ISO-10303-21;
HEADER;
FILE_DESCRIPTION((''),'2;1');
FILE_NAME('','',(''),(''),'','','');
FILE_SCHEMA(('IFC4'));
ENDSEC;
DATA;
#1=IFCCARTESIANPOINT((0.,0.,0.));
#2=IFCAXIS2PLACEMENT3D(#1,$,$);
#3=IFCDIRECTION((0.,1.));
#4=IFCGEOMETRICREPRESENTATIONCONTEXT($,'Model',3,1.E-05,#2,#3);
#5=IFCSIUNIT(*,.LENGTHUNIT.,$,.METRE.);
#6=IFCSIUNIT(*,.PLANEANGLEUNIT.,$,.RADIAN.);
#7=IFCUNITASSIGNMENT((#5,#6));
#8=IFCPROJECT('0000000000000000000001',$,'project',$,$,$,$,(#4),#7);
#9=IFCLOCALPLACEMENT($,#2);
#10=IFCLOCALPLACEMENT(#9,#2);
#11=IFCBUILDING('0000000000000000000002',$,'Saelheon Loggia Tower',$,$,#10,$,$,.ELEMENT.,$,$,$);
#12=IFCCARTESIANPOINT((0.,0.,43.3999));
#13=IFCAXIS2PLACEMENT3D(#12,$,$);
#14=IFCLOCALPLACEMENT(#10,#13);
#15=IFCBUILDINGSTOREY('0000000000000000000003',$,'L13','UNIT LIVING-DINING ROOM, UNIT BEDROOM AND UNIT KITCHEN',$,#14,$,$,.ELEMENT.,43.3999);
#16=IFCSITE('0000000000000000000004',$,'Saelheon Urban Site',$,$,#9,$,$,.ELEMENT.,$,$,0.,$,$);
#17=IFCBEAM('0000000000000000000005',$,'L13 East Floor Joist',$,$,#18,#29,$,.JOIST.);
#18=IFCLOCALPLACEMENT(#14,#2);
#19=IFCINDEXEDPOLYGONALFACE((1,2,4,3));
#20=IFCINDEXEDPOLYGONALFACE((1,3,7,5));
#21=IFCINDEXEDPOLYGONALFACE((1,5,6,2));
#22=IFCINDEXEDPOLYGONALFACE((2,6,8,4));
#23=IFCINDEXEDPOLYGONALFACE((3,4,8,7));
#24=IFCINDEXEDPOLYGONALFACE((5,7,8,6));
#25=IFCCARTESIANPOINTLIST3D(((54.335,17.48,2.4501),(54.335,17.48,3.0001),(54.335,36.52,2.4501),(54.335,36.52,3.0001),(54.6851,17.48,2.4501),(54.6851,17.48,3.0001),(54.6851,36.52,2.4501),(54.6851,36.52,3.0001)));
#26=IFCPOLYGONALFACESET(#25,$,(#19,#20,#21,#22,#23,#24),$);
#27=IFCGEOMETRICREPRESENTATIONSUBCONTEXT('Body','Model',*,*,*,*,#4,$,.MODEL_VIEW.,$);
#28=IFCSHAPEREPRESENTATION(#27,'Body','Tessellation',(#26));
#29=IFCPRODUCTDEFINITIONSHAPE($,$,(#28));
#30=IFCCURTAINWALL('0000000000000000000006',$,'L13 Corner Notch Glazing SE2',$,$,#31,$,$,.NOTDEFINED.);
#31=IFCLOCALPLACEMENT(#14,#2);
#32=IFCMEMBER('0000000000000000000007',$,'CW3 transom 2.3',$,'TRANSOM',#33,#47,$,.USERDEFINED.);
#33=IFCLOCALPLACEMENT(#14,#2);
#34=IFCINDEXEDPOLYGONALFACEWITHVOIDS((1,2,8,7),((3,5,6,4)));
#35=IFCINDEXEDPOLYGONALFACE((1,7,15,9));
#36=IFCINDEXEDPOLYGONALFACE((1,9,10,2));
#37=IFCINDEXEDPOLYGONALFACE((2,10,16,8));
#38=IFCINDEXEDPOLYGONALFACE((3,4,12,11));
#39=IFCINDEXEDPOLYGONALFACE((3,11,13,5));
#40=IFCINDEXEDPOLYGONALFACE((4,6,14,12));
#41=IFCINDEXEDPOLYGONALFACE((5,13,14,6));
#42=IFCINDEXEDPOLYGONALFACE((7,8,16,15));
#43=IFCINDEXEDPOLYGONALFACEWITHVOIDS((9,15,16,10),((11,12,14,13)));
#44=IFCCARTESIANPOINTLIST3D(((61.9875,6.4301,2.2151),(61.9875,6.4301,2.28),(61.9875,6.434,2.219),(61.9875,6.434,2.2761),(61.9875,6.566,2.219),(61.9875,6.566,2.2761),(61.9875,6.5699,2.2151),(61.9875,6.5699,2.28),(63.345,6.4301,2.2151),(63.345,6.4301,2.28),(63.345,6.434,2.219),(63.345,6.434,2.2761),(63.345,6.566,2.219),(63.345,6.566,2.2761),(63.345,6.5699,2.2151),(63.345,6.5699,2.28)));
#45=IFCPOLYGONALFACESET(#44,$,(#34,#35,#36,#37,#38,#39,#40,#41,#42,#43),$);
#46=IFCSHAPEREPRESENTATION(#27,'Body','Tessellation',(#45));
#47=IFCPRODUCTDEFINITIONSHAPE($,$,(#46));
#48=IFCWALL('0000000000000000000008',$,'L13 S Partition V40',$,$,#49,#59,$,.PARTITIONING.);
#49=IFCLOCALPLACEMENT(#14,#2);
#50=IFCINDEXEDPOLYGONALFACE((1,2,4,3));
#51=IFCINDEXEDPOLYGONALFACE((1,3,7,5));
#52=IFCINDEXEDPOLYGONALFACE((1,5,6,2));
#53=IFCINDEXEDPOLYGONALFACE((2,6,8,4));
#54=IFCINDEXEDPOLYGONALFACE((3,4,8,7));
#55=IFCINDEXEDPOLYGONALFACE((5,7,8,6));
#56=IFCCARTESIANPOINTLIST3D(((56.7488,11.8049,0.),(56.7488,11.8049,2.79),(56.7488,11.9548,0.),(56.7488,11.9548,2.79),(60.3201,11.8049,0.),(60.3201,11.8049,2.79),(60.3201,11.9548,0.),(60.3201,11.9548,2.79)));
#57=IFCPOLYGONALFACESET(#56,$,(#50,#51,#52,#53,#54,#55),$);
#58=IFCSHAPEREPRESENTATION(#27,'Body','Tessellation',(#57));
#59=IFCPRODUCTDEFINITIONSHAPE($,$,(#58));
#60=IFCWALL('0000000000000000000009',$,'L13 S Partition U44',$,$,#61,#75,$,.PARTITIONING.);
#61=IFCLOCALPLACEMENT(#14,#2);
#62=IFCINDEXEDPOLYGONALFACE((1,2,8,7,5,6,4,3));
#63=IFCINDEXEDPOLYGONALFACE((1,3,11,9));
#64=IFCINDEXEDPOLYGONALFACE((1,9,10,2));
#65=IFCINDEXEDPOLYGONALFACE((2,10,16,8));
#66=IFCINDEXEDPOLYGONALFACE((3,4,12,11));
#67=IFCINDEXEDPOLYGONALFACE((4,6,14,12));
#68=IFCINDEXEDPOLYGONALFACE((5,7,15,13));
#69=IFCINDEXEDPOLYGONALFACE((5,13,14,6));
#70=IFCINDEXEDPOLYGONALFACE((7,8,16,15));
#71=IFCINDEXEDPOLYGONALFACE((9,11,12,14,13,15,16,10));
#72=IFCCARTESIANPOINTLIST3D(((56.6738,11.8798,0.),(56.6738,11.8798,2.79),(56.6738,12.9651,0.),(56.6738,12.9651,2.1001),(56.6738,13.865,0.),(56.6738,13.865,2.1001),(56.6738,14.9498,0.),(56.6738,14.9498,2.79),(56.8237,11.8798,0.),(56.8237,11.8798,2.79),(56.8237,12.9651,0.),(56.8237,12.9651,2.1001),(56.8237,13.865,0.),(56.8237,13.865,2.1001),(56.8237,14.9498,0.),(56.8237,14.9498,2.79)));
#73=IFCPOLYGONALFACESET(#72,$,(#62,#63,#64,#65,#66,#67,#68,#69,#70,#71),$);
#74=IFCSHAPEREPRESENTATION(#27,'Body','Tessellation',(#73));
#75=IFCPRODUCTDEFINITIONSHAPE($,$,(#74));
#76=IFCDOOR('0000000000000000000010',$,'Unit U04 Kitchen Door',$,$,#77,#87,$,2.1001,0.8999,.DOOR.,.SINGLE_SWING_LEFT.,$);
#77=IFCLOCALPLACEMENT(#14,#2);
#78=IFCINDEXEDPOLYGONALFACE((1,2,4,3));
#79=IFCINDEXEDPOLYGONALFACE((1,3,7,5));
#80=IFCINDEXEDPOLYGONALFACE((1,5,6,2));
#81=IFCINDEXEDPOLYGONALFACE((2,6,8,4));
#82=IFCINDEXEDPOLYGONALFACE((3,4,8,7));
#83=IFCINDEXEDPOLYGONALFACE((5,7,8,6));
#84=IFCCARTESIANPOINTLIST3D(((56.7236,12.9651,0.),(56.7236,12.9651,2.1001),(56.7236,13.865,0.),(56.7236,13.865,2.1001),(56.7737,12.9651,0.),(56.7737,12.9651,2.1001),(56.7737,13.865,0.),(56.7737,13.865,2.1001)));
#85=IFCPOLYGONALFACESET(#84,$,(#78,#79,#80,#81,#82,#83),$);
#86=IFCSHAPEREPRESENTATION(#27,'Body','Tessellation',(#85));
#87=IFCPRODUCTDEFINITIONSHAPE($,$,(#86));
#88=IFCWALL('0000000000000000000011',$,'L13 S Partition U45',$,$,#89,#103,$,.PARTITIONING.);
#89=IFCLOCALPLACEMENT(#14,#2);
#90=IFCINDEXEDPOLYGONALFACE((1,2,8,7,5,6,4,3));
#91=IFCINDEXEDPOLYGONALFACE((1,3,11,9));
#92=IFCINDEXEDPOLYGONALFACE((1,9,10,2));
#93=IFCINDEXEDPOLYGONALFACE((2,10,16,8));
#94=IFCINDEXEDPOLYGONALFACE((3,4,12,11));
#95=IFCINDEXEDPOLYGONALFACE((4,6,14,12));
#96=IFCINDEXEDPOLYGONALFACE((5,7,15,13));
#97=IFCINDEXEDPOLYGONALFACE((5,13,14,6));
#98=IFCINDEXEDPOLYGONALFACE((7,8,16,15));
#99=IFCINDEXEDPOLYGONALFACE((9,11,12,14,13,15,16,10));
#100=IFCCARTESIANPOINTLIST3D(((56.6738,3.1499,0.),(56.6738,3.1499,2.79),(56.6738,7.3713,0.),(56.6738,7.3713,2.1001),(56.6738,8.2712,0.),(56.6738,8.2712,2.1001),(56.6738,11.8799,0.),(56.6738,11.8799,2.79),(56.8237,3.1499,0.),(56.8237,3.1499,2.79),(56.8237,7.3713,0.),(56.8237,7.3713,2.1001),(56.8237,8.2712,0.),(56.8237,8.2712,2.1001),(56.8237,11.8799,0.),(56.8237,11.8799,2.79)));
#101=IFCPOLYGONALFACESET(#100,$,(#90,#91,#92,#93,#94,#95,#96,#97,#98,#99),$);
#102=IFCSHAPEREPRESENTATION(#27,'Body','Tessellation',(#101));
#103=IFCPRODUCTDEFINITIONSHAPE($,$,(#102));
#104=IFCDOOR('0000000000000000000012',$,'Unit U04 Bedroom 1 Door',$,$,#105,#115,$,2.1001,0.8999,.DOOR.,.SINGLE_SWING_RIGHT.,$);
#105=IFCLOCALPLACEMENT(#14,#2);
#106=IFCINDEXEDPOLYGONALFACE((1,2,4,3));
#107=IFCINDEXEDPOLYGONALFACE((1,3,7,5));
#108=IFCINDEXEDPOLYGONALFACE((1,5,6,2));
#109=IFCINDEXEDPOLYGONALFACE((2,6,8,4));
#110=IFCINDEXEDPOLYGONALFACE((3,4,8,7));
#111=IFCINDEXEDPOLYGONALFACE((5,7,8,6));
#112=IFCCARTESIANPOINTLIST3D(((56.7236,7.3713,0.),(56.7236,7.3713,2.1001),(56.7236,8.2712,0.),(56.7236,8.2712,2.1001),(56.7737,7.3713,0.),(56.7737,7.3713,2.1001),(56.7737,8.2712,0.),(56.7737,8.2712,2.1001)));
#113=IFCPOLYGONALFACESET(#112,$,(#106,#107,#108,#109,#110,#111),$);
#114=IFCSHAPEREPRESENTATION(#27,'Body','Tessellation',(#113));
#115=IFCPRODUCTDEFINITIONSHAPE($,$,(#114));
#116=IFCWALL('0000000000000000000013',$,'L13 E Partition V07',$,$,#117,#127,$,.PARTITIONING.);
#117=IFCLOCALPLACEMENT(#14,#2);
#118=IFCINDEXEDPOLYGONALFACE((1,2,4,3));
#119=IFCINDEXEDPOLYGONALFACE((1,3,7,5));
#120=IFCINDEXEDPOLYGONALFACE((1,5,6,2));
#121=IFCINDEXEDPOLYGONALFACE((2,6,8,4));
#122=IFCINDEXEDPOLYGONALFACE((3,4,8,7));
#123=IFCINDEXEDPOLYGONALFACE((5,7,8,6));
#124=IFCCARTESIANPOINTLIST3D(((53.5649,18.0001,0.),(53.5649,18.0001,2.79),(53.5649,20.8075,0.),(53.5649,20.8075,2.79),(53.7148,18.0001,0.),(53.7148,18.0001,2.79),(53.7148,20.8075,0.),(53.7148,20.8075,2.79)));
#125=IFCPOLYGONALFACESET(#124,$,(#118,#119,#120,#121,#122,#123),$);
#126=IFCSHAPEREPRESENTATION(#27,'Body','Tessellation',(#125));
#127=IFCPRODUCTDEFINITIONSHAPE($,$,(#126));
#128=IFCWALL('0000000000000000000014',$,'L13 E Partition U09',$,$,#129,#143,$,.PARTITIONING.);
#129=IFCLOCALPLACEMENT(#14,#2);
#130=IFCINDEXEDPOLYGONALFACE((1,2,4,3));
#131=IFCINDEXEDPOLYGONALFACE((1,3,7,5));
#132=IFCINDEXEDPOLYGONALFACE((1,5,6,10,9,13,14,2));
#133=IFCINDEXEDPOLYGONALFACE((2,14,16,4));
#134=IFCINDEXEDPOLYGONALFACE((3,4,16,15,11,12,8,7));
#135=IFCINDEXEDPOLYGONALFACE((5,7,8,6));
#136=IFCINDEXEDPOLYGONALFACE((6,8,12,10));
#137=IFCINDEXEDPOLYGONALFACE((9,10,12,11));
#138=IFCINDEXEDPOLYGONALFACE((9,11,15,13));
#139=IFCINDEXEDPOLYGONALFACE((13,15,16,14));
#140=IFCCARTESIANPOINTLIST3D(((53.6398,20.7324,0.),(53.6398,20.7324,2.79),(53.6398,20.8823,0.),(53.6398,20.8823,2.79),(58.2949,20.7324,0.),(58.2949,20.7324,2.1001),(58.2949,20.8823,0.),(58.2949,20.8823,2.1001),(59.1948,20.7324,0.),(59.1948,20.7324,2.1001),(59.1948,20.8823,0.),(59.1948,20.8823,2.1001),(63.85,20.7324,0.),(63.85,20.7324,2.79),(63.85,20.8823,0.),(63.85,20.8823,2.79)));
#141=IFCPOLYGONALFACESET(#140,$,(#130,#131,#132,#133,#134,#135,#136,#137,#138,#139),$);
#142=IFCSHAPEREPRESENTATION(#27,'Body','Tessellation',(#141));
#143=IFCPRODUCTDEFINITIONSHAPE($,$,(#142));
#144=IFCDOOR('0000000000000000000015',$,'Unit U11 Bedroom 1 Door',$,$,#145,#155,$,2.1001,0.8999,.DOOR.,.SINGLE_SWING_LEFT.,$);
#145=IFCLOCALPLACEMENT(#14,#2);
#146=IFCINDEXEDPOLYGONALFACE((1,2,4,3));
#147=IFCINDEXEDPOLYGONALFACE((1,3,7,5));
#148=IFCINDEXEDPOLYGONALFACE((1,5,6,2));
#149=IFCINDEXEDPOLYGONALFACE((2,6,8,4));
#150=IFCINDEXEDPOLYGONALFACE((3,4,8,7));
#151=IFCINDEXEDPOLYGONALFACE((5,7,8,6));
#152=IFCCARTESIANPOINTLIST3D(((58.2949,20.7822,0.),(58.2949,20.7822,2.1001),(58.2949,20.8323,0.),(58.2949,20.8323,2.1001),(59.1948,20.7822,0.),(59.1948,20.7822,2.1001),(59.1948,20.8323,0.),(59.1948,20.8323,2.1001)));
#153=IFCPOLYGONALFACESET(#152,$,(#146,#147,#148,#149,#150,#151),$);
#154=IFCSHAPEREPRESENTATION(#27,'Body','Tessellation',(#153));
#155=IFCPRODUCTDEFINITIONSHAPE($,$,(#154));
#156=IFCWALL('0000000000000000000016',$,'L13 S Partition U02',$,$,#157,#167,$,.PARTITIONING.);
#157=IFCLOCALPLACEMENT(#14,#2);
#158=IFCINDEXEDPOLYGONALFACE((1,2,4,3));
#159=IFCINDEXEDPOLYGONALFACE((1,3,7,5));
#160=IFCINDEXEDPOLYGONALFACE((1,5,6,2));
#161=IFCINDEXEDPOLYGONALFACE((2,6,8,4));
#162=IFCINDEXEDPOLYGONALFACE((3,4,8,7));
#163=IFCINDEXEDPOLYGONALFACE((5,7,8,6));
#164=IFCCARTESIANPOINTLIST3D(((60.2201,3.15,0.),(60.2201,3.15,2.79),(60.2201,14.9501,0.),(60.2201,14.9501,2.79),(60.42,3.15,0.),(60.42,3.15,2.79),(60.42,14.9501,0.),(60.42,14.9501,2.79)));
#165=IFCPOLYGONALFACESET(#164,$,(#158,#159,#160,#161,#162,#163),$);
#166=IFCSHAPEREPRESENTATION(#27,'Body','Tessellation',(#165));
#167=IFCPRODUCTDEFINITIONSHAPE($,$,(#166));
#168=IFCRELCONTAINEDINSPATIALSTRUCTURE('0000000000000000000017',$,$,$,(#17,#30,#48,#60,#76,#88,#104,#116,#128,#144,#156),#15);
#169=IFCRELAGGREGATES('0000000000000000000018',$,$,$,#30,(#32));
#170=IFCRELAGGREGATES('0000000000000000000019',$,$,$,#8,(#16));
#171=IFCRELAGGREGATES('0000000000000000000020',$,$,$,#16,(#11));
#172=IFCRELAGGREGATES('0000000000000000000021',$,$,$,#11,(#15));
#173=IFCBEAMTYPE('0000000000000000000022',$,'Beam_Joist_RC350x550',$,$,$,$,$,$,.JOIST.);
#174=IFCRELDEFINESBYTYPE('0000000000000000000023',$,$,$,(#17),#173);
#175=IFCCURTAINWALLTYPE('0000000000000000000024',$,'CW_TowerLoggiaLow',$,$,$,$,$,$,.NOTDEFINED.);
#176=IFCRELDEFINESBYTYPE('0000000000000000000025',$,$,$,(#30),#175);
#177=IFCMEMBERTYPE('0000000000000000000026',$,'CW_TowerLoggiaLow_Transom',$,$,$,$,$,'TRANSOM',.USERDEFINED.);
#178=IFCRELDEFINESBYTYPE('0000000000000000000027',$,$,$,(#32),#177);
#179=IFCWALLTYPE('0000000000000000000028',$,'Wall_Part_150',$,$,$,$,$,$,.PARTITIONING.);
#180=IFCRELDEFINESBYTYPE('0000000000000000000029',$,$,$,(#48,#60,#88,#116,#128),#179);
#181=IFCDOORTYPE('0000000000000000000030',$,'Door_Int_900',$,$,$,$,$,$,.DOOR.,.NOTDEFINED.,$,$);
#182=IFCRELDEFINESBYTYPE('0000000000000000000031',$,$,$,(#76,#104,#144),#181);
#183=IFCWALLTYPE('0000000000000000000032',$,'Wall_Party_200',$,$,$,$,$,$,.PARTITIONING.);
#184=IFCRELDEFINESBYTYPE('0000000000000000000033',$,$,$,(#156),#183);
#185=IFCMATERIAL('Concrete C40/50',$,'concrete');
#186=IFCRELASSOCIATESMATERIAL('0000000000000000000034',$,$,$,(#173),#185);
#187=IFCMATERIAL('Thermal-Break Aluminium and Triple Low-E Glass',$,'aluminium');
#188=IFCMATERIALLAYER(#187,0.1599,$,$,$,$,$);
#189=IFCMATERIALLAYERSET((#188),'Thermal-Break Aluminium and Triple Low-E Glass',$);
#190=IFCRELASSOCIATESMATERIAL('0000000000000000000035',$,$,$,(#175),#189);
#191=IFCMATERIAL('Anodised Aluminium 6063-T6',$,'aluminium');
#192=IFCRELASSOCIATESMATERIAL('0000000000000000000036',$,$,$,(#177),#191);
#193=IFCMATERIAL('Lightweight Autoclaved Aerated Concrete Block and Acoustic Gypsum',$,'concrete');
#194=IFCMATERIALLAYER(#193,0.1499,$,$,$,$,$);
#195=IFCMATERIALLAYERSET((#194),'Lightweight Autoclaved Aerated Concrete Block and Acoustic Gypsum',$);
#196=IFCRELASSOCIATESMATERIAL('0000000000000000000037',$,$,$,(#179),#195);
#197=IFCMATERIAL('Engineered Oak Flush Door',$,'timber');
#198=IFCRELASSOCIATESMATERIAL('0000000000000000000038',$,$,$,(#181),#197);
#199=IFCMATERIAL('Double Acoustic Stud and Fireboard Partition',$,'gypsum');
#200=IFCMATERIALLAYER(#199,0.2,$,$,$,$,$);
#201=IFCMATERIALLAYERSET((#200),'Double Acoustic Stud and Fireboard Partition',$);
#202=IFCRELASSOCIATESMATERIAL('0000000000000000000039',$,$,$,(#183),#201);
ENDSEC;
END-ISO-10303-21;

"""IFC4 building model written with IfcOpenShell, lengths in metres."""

from ifc_helpers import new_model, si_unit, direction, frame, frame_2d, origin, origin_2d, place, context, subcontext, project, spatial, rectangle, hollow_rectangle, extrude, source, transform, mapped, material, layer, layer_set, material_profile, profile_set, type_object, element, fill, aggregate, save


model = new_model("IFC4")

# Units and contexts
model_context = context("Model", 3, precision=1e-05, world=origin(), true_north=direction((0.0, 1.0)))
body_context = subcontext(model_context, "Body", "Model", "MODEL_VIEW")
ifc_project = project(units=[si_unit("LENGTHUNIT", "METRE"), si_unit("PLANEANGLEUNIT", "RADIAN")], contexts=[model_context])

# Site, building, storey
site_placement = place(None, origin())
site = spatial("IfcSite", under=ifc_project, at=site_placement, Name="Saelheon Urban Site", CompositionType="ELEMENT", RefElevation=0.0)
building_placement = place(site_placement, origin())
building = spatial("IfcBuilding", under=site, at=building_placement, Name="Saelheon Loggia Tower", CompositionType="ELEMENT")
storey_placement = place(building_placement, frame((0.0, 0.0, 43.3999)))
storey = spatial("IfcBuildingStorey", under=building, at=storey_placement, Name="L13", Description="UNIT LIVING-DINING ROOM, UNIT BEDROOM AND UNIT KITCHEN", CompositionType="ELEMENT", Elevation=43.3999)

# Beam
ifc_material_1 = material(Name="Concrete C40/50", Category="concrete")
ifc_material_profile_1 = material_profile(ifc_material_1, rectangle(XDim=0.3501, YDim=0.55, at=origin_2d()), Name="RC-350x550")
ifc_profile_set_1 = profile_set([ifc_material_profile_1], Name="Concrete C40/50")
beam_type = type_object("IfcBeamType", Name="Beam_Joist_RC350x550", PredefinedType="JOIST", material=ifc_profile_set_1)
shared_shape_1 = source(origin(), body_context, "Body", "SweptSolid", [
    extrude(rectangle(XDim=0.3501, YDim=0.55, at=origin_2d()), origin(), (0.0, 0.0, 1.0), 19.04),
])
beam_placement = place(storey_placement, frame((54.51, 17.48, 2.7251), z_axis=(0.0, 1.0, 0.0), x_axis=(-1.0, 0.0, 0.0)))
element("IfcBeam", 1, at=beam_placement, inside=storey, type_object=beam_type, Name="L13 East Floor Joist", PredefinedType="JOIST", context=body_context, shape_type="MappedRepresentation", body=[
    mapped(shared_shape_1, transform((0.0, 0.0, 0.0), scale=1.0)),
])

# Curtain wall, member
ifc_material_2 = material(Name="Thermal-Break Aluminium and Triple Low-E Glass", Category="aluminium")
ifc_layer_1 = layer(ifc_material_2, 0.1599)
ifc_layer_set_1 = layer_set([ifc_layer_1], Name="Thermal-Break Aluminium and Triple Low-E Glass")
curtain_wall_type = type_object("IfcCurtainWallType", Name="CW_TowerLoggiaLow", PredefinedType="NOTDEFINED", material=ifc_layer_set_1)
curtain_wall_placement = place(storey_placement, origin())
curtain_wall = element("IfcCurtainWall", 2, at=curtain_wall_placement, inside=storey, type_object=curtain_wall_type, Name="L13 Corner Notch Glazing SE2", PredefinedType="NOTDEFINED")
ifc_material_3 = material(Name="Anodised Aluminium 6063-T6", Category="aluminium")
ifc_material_profile_2 = material_profile(ifc_material_3, hollow_rectangle(XDim=0.0649, YDim=0.1399, WallThickness=0.0039, at=origin_2d()), Name="RHS-140x65x4")
ifc_profile_set_2 = profile_set([ifc_material_profile_2], Name="Anodised Aluminium 6063-T6")
member_type = type_object("IfcMemberType", Name="CW_TowerLoggiaLow_Transom", ElementType="TRANSOM", PredefinedType="USERDEFINED", material=ifc_profile_set_2)
shared_shape_2 = source(origin(), body_context, "Body", "SweptSolid", [
    extrude(hollow_rectangle(XDim=0.0649, YDim=0.1399, WallThickness=0.0039, at=origin_2d()), origin(), (0.0, 0.0, 1.0), 1.3574),
])
member_placement = place(storey_placement, frame((61.9875, 6.5, 2.2476), z_axis=(1.0, 0.0, 0.0), x_axis=(0.0, 0.0, 1.0)))
member = element("IfcMember", 3, at=member_placement, type_object=member_type, Name="CW3 transom 2.3", ObjectType="TRANSOM", PredefinedType="USERDEFINED", context=body_context, shape_type="MappedRepresentation", body=[
    mapped(shared_shape_2, transform((0.0, 0.0, 0.0), scale=1.0)),
])
aggregate(curtain_wall, [member])

# Wall
ifc_material_4 = material(Name="Lightweight Autoclaved Aerated Concrete Block and Acoustic Gypsum", Category="concrete")
ifc_layer_2 = layer(ifc_material_4, 0.1499)
ifc_layer_set_2 = layer_set([ifc_layer_2], Name="Lightweight Autoclaved Aerated Concrete Block and Acoustic Gypsum")
wall_type_1 = type_object("IfcWallType", Name="Wall_Part_150", PredefinedType="PARTITIONING", material=ifc_layer_set_2)
wall_1_placement = place(storey_placement, frame((56.7488, 11.8799, 0.0), z_axis=(0.0, 0.0, 1.0), x_axis=(1.0, 0.0, 0.0)))
element("IfcWall", 4, at=wall_1_placement, inside=storey, type_object=wall_type_1, Name="L13 S Partition V40", PredefinedType="PARTITIONING", context=body_context, shape_type="SweptSolid", body=[
    extrude(rectangle(XDim=3.5713, YDim=0.1499, at=frame_2d((1.7856, 0.0))), origin(), (0.0, 0.0, 1.0), 2.79),
])

# Walls, openings, doors
wall_2_placement = place(storey_placement, frame((56.7488, 14.95, 0.0), z_axis=(0.0, 0.0, 1.0), x_axis=(0.0, -1.0, 0.0)))
wall_2 = element("IfcWall", 5, at=wall_2_placement, inside=storey, type_object=wall_type_1, Name="L13 S Partition U44", PredefinedType="PARTITIONING", context=body_context, shape_type="SweptSolid", body=[
    extrude(rectangle(XDim=3.0701, YDim=0.1499, at=frame_2d((1.5352, 0.0))), origin(), (0.0, 0.0, 1.0), 2.79),
])
opening_1_placement = place(wall_2_placement, frame((1.085, 0.0, 0.0)))
opening_1 = element("IfcOpeningElement", 6, at=opening_1_placement, cuts=wall_2, PredefinedType="OPENING", context=body_context, shape_type="SweptSolid", body=[
    extrude(rectangle(XDim=0.8999, YDim=2.1001, at=frame_2d((0.45, 1.05))), frame((0.0, 0.0869, 0.0), z_axis=(0.0, -1.0, 0.0), x_axis=(1.0, 0.0, 0.0)), (0.0, 0.0, 1.0), 0.1738),
])
ifc_material_5 = material(Name="Engineered Oak Flush Door", Category="timber")
door_type_1 = type_object("IfcDoorType", Name="Door_Int_900", OperationType="NOTDEFINED", PredefinedType="DOOR", material=ifc_material_5)
shared_shape_3 = source(origin(), body_context, "Body", "SweptSolid", [
    extrude(rectangle(XDim=0.8999, YDim=2.1001, at=frame_2d((0.45, 1.05))), frame((0.0, 0.0249, 0.0), z_axis=(0.0, -1.0, 0.0), x_axis=(1.0, 0.0, 0.0)), (0.0, 0.0, 1.0), 0.05),
])
door_1_placement = place(opening_1_placement, origin())
door_1 = element("IfcDoor", 7, at=door_1_placement, inside=storey, type_object=door_type_1, Name="Unit U04 Kitchen Door", OperationType="SINGLE_SWING_LEFT", OverallHeight=2.1001, OverallWidth=0.8999, PredefinedType="DOOR", context=body_context, shape_type="MappedRepresentation", body=[
    mapped(shared_shape_3, transform((0.0, 0.0, 0.0), scale=1.0)),
])
fill(opening_1, door_1)
wall_3_placement = place(storey_placement, frame((56.7488, 11.8799, 0.0), z_axis=(0.0, 0.0, 1.0), x_axis=(0.0, -1.0, 0.0)))
wall_3 = element("IfcWall", 8, at=wall_3_placement, inside=storey, type_object=wall_type_1, Name="L13 S Partition U45", PredefinedType="PARTITIONING", context=body_context, shape_type="SweptSolid", body=[
    extrude(rectangle(XDim=8.73, YDim=0.1499, at=frame_2d((4.365, 0.0))), origin(), (0.0, 0.0, 1.0), 2.79),
])
opening_2_placement = place(wall_3_placement, frame((3.6086, 0.0, 0.0)))
opening_2 = element("IfcOpeningElement", 9, at=opening_2_placement, cuts=wall_3, PredefinedType="OPENING", context=body_context, shape_type="SweptSolid", body=[
    extrude(rectangle(XDim=0.8999, YDim=2.1001, at=frame_2d((0.45, 1.05))), frame((0.0, 0.0869, 0.0), z_axis=(0.0, -1.0, 0.0), x_axis=(1.0, 0.0, 0.0)), (0.0, 0.0, 1.0), 0.1738),
])
door_2_placement = place(opening_2_placement, origin())
door_2 = element("IfcDoor", 10, at=door_2_placement, inside=storey, type_object=door_type_1, Name="Unit U04 Bedroom 1 Door", OperationType="SINGLE_SWING_RIGHT", OverallHeight=2.1001, OverallWidth=0.8999, PredefinedType="DOOR", context=body_context, shape_type="MappedRepresentation", body=[
    mapped(shared_shape_3, transform((0.0, 0.0, 0.0), scale=1.0)),
])
fill(opening_2, door_2)

# Wall
wall_4_placement = place(storey_placement, frame((53.6399, 18.0, 0.0), z_axis=(0.0, 0.0, 1.0), x_axis=(0.0, 1.0, 0.0)))
element("IfcWall", 11, at=wall_4_placement, inside=storey, type_object=wall_type_1, Name="L13 E Partition V07", PredefinedType="PARTITIONING", context=body_context, shape_type="SweptSolid", body=[
    extrude(rectangle(XDim=2.8074, YDim=0.1499, at=frame_2d((1.4038, 0.0))), origin(), (0.0, 0.0, 1.0), 2.79),
])

# Wall, opening, door
wall_5_placement = place(storey_placement, frame((53.6399, 20.8074, 0.0), z_axis=(0.0, 0.0, 1.0), x_axis=(1.0, 0.0, 0.0)))
wall_5 = element("IfcWall", 12, at=wall_5_placement, inside=storey, type_object=wall_type_1, Name="L13 E Partition U09", PredefinedType="PARTITIONING", context=body_context, shape_type="SweptSolid", body=[
    extrude(rectangle(XDim=10.2102, YDim=0.1499, at=frame_2d((5.105, 0.0))), origin(), (0.0, 0.0, 1.0), 2.79),
])
opening_3_placement = place(wall_5_placement, frame((4.655, 0.0, 0.0)))
opening_3 = element("IfcOpeningElement", 13, at=opening_3_placement, cuts=wall_5, PredefinedType="OPENING", context=body_context, shape_type="SweptSolid", body=[
    extrude(rectangle(XDim=0.8999, YDim=2.1001, at=frame_2d((0.45, 1.05))), frame((0.0, 0.0869, 0.0), z_axis=(0.0, -1.0, 0.0), x_axis=(1.0, 0.0, 0.0)), (0.0, 0.0, 1.0), 0.1738),
])
door_3_placement = place(opening_3_placement, origin())
door_3 = element("IfcDoor", 14, at=door_3_placement, inside=storey, type_object=door_type_1, Name="Unit U11 Bedroom 1 Door", OperationType="SINGLE_SWING_LEFT", OverallHeight=2.1001, OverallWidth=0.8999, PredefinedType="DOOR", context=body_context, shape_type="MappedRepresentation", body=[
    mapped(shared_shape_3, transform((0.0, 0.0, 0.0), scale=1.0)),
])
fill(opening_3, door_3)

# Wall
ifc_material_6 = material(Name="Double Acoustic Stud and Fireboard Partition", Category="gypsum")
ifc_layer_3 = layer(ifc_material_6, 0.2)
ifc_layer_set_3 = layer_set([ifc_layer_3], Name="Double Acoustic Stud and Fireboard Partition")
wall_type_2 = type_object("IfcWallType", Name="Wall_Party_200", PredefinedType="PARTITIONING", material=ifc_layer_set_3)
wall_6_placement = place(storey_placement, frame((60.3201, 14.95, 0.0), z_axis=(0.0, 0.0, 1.0), x_axis=(0.0, -1.0, 0.0)))
element("IfcWall", 15, at=wall_6_placement, inside=storey, type_object=wall_type_2, Name="L13 S Partition U02", PredefinedType="PARTITIONING", context=body_context, shape_type="SweptSolid", body=[
    extrude(rectangle(XDim=11.8, YDim=0.2, at=frame_2d((5.8999, 0.0))), origin(), (0.0, 0.0, 1.0), 2.79),
])

save(model, "model.ifc")
